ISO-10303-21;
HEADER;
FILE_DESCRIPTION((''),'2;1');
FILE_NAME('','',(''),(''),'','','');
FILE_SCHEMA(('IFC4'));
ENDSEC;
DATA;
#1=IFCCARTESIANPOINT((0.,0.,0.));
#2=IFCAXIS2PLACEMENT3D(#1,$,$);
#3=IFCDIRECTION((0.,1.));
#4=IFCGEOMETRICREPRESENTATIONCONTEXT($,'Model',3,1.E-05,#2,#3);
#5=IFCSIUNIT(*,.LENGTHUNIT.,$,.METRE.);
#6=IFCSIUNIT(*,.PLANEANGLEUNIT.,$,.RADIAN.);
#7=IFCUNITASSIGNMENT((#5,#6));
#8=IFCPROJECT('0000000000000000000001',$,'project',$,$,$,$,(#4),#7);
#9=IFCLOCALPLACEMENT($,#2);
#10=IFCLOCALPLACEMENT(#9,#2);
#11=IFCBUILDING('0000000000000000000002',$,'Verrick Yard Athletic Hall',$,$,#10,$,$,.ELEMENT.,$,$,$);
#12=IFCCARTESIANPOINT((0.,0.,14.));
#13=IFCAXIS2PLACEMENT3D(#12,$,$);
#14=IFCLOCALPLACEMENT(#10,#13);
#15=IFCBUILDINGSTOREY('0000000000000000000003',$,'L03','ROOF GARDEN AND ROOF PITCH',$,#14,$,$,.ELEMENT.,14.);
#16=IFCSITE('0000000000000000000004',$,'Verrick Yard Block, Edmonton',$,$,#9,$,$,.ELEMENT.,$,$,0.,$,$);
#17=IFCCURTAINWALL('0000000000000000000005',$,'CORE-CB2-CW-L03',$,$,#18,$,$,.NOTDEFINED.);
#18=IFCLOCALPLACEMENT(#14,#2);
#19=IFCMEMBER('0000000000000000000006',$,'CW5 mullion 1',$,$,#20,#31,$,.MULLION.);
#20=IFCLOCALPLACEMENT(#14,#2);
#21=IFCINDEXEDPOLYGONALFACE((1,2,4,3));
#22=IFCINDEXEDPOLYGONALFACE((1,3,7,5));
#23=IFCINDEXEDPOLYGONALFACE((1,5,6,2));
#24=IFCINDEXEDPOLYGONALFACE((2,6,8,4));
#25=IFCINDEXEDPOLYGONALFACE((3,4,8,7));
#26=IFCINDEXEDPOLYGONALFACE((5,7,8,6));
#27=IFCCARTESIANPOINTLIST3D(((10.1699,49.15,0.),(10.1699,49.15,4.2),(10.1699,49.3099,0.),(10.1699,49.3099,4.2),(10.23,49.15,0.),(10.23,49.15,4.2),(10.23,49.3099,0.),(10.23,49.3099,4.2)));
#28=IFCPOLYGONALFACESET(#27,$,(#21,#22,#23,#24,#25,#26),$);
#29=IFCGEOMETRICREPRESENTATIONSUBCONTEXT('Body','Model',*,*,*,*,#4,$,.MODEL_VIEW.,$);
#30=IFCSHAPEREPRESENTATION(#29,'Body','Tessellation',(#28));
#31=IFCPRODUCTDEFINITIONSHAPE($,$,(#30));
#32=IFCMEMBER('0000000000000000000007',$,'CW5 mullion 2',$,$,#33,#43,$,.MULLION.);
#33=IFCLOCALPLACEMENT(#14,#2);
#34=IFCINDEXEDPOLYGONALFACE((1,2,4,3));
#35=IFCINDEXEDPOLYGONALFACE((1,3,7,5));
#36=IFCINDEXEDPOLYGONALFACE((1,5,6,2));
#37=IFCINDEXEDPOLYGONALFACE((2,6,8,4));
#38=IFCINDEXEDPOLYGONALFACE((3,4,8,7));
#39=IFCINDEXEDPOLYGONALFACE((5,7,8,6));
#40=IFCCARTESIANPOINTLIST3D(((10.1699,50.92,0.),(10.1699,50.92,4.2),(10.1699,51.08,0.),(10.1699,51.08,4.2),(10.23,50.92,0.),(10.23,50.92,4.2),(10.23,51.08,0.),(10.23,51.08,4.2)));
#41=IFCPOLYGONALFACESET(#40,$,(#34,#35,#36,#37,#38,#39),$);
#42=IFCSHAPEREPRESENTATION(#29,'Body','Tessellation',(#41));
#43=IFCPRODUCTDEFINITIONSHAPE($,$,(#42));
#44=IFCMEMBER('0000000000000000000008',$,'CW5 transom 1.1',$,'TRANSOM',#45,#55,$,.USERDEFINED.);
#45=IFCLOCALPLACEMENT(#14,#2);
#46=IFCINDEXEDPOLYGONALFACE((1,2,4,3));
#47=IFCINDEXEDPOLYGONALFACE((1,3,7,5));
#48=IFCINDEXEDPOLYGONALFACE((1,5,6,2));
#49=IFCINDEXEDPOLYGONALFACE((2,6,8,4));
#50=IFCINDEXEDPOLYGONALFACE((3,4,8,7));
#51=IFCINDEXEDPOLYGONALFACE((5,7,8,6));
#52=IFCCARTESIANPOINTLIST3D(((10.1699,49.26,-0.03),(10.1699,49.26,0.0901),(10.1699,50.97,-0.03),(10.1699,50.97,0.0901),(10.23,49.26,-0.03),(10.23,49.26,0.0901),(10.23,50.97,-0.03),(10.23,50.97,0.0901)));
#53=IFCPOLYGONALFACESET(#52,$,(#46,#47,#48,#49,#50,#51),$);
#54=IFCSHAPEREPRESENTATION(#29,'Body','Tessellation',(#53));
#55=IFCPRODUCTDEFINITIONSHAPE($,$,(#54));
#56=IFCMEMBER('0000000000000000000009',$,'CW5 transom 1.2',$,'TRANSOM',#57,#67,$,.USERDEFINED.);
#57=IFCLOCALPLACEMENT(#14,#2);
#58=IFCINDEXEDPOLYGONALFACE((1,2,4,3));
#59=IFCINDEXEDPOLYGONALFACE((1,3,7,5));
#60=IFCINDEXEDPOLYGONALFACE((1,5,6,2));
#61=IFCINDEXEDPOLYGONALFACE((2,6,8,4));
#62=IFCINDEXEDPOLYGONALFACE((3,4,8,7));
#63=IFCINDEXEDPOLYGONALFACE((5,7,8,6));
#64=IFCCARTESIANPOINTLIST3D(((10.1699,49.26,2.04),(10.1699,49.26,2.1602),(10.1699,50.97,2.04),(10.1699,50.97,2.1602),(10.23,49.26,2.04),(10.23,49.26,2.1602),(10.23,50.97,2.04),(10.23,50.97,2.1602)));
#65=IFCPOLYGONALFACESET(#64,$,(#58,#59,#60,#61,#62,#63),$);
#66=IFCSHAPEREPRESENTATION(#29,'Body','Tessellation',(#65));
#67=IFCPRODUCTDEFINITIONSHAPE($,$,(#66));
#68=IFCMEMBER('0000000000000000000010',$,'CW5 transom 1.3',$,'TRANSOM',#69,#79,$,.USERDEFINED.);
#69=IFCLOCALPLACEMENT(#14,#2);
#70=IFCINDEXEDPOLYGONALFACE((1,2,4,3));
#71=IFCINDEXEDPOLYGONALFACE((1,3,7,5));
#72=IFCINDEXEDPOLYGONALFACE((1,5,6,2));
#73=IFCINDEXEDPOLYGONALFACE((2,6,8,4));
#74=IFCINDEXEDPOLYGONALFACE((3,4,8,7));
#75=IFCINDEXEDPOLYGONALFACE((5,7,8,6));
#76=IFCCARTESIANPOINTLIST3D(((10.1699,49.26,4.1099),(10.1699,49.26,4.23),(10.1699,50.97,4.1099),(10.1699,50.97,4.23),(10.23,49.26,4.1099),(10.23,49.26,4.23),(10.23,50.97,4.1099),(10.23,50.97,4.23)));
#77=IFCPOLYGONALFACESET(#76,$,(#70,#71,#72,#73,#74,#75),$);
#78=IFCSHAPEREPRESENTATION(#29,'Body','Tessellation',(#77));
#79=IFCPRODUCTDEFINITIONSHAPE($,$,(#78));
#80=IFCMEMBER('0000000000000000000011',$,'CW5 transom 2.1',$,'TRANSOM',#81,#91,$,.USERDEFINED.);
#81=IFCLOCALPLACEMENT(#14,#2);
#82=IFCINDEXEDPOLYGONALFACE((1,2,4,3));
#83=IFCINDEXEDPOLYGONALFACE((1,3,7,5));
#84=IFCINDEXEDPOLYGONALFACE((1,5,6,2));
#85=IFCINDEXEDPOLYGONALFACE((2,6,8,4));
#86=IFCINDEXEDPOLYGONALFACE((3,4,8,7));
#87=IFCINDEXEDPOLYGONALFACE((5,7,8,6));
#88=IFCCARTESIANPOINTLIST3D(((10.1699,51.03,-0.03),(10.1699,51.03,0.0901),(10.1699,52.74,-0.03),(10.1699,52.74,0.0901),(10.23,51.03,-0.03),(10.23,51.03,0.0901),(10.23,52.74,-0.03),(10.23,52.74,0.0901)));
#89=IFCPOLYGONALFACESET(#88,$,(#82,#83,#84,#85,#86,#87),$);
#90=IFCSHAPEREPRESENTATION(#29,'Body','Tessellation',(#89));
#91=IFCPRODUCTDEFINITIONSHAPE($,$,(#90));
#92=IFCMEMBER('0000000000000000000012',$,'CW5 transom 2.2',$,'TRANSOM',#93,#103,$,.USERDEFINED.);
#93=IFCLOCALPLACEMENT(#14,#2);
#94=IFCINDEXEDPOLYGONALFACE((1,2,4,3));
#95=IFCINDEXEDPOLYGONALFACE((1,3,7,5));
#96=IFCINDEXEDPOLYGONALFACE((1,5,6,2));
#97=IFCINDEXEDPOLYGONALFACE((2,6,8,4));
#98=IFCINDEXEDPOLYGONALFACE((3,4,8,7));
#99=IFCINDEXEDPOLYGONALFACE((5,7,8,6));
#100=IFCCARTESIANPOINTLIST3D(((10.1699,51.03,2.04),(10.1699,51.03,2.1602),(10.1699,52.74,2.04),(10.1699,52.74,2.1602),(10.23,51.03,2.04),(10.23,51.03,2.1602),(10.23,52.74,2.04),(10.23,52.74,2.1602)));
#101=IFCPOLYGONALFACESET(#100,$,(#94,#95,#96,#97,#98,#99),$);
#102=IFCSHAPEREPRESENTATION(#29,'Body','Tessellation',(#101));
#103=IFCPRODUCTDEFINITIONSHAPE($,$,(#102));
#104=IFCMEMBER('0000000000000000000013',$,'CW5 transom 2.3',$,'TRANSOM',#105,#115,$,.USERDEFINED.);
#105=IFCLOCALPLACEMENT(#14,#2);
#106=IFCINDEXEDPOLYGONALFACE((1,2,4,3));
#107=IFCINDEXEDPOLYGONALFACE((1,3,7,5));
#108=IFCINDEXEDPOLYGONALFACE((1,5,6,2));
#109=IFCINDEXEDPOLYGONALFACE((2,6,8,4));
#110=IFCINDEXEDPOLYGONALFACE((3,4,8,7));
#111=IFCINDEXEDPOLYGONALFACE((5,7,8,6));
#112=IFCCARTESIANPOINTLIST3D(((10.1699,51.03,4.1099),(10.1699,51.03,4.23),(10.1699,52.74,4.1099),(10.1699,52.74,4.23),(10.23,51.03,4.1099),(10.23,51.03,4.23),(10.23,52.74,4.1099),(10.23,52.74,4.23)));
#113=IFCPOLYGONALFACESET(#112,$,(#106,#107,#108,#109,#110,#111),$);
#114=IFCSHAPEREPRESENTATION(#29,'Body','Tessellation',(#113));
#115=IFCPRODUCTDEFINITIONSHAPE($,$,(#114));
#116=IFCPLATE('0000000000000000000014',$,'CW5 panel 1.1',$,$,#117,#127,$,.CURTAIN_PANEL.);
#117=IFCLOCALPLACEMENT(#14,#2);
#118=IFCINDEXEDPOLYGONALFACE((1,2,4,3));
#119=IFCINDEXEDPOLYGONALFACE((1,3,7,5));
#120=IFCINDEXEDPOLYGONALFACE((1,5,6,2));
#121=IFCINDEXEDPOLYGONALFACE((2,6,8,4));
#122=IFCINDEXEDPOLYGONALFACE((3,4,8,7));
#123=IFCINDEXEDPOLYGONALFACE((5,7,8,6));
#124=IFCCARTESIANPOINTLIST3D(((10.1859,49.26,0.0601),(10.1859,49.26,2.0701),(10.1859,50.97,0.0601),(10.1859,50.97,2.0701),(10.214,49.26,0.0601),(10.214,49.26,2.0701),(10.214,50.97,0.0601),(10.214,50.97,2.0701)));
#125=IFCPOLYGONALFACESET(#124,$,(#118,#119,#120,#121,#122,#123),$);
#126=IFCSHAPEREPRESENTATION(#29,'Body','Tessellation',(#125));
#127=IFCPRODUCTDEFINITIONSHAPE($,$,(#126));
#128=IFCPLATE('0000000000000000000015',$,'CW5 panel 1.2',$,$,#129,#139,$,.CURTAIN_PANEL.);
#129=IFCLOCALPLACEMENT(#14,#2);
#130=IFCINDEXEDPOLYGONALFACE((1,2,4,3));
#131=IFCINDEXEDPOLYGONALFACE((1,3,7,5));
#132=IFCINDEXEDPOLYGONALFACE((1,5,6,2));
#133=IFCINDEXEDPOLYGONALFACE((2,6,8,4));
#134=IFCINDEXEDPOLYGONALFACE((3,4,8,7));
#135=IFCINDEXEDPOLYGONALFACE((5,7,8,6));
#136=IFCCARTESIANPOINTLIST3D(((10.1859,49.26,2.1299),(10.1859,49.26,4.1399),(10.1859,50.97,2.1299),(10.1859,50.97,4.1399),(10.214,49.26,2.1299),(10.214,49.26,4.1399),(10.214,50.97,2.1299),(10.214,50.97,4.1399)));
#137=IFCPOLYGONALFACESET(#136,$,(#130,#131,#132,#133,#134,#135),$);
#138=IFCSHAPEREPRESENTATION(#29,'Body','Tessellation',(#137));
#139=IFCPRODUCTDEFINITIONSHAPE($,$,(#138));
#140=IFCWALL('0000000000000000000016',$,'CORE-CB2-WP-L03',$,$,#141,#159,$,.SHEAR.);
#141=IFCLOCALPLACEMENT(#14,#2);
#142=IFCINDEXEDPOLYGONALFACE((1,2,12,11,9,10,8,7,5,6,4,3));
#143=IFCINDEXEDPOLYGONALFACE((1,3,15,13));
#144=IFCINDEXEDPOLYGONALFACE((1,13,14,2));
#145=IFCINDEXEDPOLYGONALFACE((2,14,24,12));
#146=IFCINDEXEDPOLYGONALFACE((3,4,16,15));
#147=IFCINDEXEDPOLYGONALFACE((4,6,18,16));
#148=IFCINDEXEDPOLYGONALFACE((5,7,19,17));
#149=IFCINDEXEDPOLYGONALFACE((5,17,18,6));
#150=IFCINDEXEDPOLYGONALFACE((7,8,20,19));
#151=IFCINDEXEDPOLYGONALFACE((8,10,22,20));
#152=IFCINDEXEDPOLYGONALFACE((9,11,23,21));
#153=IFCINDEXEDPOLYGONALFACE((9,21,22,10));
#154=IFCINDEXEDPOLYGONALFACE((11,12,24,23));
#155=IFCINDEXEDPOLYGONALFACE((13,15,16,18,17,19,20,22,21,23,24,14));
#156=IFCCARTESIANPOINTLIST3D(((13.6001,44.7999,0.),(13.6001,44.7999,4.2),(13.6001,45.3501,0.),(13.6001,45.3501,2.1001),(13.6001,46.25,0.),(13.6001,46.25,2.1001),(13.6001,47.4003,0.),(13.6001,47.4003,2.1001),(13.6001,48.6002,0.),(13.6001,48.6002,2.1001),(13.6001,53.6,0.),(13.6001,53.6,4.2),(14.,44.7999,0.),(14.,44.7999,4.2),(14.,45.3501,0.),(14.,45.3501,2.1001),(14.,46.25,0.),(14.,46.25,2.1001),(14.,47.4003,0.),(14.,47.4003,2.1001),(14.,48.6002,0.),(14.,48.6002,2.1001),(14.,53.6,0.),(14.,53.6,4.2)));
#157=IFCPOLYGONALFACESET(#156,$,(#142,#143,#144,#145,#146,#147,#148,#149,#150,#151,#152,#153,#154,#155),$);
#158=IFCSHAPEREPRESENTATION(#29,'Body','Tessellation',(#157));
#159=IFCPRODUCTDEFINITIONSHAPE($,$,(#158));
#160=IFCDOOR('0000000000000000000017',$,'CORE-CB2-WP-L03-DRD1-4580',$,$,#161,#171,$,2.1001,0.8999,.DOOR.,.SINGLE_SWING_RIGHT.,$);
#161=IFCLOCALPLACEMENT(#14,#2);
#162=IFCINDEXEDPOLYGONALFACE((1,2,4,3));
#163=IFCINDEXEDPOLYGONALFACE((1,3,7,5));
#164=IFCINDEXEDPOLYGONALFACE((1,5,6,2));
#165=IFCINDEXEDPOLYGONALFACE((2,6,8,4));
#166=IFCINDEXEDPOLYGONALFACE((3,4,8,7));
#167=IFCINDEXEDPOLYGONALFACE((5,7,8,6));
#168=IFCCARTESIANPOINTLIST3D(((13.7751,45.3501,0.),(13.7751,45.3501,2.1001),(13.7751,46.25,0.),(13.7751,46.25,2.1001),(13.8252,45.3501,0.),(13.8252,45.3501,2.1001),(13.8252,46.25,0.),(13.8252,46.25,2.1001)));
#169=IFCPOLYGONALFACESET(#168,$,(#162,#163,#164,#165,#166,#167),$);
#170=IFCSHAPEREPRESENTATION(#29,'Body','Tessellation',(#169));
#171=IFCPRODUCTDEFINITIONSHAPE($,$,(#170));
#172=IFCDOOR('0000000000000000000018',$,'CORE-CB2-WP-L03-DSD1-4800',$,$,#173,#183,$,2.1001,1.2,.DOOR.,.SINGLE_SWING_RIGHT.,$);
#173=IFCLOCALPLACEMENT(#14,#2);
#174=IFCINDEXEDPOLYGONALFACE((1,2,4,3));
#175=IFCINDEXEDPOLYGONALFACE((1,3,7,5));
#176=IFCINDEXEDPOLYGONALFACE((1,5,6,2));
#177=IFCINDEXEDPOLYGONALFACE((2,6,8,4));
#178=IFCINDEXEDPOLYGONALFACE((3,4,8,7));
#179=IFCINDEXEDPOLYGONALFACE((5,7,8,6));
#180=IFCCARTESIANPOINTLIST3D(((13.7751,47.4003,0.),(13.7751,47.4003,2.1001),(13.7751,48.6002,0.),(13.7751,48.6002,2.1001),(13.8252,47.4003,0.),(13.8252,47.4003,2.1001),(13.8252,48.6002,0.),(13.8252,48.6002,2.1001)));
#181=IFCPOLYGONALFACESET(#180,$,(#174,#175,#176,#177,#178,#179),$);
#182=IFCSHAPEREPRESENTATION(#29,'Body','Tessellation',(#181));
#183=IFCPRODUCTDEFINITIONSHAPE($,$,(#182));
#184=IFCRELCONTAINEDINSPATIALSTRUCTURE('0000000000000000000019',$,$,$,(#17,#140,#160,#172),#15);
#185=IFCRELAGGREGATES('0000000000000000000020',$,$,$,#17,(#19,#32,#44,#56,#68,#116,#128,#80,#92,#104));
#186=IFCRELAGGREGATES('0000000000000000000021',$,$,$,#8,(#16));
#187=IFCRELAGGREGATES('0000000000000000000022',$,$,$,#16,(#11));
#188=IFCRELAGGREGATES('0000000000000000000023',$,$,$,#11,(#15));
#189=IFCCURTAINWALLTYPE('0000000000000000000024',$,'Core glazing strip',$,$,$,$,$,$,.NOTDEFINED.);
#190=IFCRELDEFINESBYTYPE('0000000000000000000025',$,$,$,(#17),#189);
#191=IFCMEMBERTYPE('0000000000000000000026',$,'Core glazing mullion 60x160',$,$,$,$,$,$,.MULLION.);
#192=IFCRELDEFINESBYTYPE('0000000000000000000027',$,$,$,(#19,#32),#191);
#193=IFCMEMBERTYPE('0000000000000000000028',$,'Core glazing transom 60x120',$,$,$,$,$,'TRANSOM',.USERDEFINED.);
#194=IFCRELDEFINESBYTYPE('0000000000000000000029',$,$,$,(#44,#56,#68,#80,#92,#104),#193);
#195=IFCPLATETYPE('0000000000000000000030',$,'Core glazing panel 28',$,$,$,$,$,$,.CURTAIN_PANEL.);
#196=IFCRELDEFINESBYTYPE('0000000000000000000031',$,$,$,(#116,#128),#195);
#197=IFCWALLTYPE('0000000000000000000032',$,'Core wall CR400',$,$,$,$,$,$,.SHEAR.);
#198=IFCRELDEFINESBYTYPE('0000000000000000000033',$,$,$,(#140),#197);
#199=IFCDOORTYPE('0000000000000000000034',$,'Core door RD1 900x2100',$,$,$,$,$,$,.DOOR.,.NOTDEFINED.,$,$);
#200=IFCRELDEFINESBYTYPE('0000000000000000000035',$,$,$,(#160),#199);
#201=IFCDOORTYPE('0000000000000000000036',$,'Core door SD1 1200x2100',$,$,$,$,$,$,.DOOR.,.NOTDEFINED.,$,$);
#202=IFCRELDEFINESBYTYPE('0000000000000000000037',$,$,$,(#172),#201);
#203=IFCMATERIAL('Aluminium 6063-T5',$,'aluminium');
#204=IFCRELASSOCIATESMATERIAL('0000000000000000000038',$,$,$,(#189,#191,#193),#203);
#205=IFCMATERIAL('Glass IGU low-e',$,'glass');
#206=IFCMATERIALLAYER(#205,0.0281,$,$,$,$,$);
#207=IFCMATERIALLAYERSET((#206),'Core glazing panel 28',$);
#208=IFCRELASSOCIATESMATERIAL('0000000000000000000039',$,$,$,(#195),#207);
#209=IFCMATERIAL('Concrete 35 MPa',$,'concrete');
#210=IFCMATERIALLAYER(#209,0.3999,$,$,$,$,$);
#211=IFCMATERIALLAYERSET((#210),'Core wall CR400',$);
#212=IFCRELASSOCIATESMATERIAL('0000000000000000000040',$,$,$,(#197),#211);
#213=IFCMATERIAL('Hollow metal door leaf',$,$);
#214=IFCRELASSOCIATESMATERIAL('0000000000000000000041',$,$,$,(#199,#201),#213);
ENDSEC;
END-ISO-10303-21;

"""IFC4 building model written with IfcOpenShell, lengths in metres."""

from ifc_helpers import new_model, si_unit, direction, frame, frame_2d, origin, origin_2d, place, context, subcontext, project, spatial, rectangle, extrude, material, layer, layer_set, material_profile, profile_set, type_object, element, fill, aggregate, save


model = new_model("IFC4")

# Units and contexts
model_context = context("Model", 3, precision=1e-05, world=origin(), true_north=direction((0.0, 1.0)))
body_context = subcontext(model_context, "Body", "Model", "MODEL_VIEW")
ifc_project = project(units=[si_unit("LENGTHUNIT", "METRE"), si_unit("PLANEANGLEUNIT", "RADIAN")], contexts=[model_context])

# Site, building, storey
site_placement = place(None, origin())
site = spatial("IfcSite", under=ifc_project, at=site_placement, Name="Verrick Yard Block, Edmonton", CompositionType="ELEMENT", RefElevation=0.0)
building_placement = place(site_placement, origin())
building = spatial("IfcBuilding", under=site, at=building_placement, Name="Verrick Yard Athletic Hall", CompositionType="ELEMENT")
storey_placement = place(building_placement, frame((0.0, 0.0, 14.0)))
storey = spatial("IfcBuildingStorey", under=building, at=storey_placement, Name="L03", Description="ROOF GARDEN AND ROOF PITCH", CompositionType="ELEMENT", Elevation=14.0)

# Curtain wall, members, plates
ifc_material_1 = material(Name="Aluminium 6063-T5", Category="aluminium")
curtain_wall_type = type_object("IfcCurtainWallType", Name="Core glazing strip", PredefinedType="NOTDEFINED", material=ifc_material_1)
curtain_wall_placement = place(storey_placement, origin())
curtain_wall = element("IfcCurtainWall", 1, at=curtain_wall_placement, inside=storey, type_object=curtain_wall_type, Name="CORE-CB2-CW-L03", PredefinedType="NOTDEFINED")
ifc_material_profile_1 = material_profile(ifc_material_1, rectangle(XDim=0.0601, YDim=0.1599, at=origin_2d()), Name="Core glazing mullion 60x160")
ifc_profile_set_1 = profile_set([ifc_material_profile_1], Name="Aluminium 6063-T5")
member_type_1 = type_object("IfcMemberType", Name="Core glazing mullion 60x160", PredefinedType="MULLION", material=ifc_profile_set_1)
member_1_placement = place(storey_placement, frame((10.2, 49.23, 0.0), z_axis=(0.0, 0.0, 1.0), x_axis=(-1.0, 0.0, 0.0)))
member_1 = element("IfcMember", 2, at=member_1_placement, type_object=member_type_1, Name="CW5 mullion 1", PredefinedType="MULLION", context=body_context, shape_type="SweptSolid", body=[
    extrude(rectangle(XDim=0.0601, YDim=0.1599, at=origin_2d()), origin(), (0.0, 0.0, 1.0), 4.2),
])
member_2_placement = place(storey_placement, frame((10.2, 51.0, 0.0), z_axis=(0.0, 0.0, 1.0), x_axis=(-1.0, 0.0, 0.0)))
member_2 = element("IfcMember", 3, at=member_2_placement, type_object=member_type_1, Name="CW5 mullion 2", PredefinedType="MULLION", context=body_context, shape_type="SweptSolid", body=[
    extrude(rectangle(XDim=0.0601, YDim=0.1599, at=origin_2d()), origin(), (0.0, 0.0, 1.0), 4.2),
])
ifc_material_profile_2 = material_profile(ifc_material_1, rectangle(XDim=0.0601, YDim=0.1201, at=origin_2d()), Name="Core glazing transom 60x120")
ifc_profile_set_2 = profile_set([ifc_material_profile_2], Name="Aluminium 6063-T5")
member_type_2 = type_object("IfcMemberType", Name="Core glazing transom 60x120", ElementType="TRANSOM", PredefinedType="USERDEFINED", material=ifc_profile_set_2)
member_3_placement = place(storey_placement, frame((10.2, 49.26, 0.03), z_axis=(0.0, 1.0, 0.0), x_axis=(-1.0, 0.0, 0.0)))
member_3 = element("IfcMember", 4, at=member_3_placement, type_object=member_type_2, Name="CW5 transom 1.1", ObjectType="TRANSOM", PredefinedType="USERDEFINED", context=body_context, shape_type="SweptSolid", body=[
    extrude(rectangle(XDim=0.0601, YDim=0.1201, at=origin_2d()), origin(), (0.0, 0.0, 1.0), 1.71),
])
member_4_placement = place(storey_placement, frame((10.2, 49.26, 2.1001), z_axis=(0.0, 1.0, 0.0), x_axis=(-1.0, 0.0, 0.0)))
member_4 = element("IfcMember", 5, at=member_4_placement, type_object=member_type_2, Name="CW5 transom 1.2", ObjectType="TRANSOM", PredefinedType="USERDEFINED", context=body_context, shape_type="SweptSolid", body=[
    extrude(rectangle(XDim=0.0601, YDim=0.1201, at=origin_2d()), origin(), (0.0, 0.0, 1.0), 1.71),
])
member_5_placement = place(storey_placement, frame((10.2, 49.26, 4.1699), z_axis=(0.0, 1.0, 0.0), x_axis=(-1.0, 0.0, 0.0)))
member_5 = element("IfcMember", 6, at=member_5_placement, type_object=member_type_2, Name="CW5 transom 1.3", ObjectType="TRANSOM", PredefinedType="USERDEFINED", context=body_context, shape_type="SweptSolid", body=[
    extrude(rectangle(XDim=0.0601, YDim=0.1201, at=origin_2d()), origin(), (0.0, 0.0, 1.0), 1.71),
])
member_6_placement = place(storey_placement, frame((10.2, 51.03, 0.03), z_axis=(0.0, 1.0, 0.0), x_axis=(-1.0, 0.0, 0.0)))
member_6 = element("IfcMember", 7, at=member_6_placement, type_object=member_type_2, Name="CW5 transom 2.1", ObjectType="TRANSOM", PredefinedType="USERDEFINED", context=body_context, shape_type="SweptSolid", body=[
    extrude(rectangle(XDim=0.0601, YDim=0.1201, at=origin_2d()), origin(), (0.0, 0.0, 1.0), 1.71),
])
member_7_placement = place(storey_placement, frame((10.2, 51.03, 2.1001), z_axis=(0.0, 1.0, 0.0), x_axis=(-1.0, 0.0, 0.0)))
member_7 = element("IfcMember", 8, at=member_7_placement, type_object=member_type_2, Name="CW5 transom 2.2", ObjectType="TRANSOM", PredefinedType="USERDEFINED", context=body_context, shape_type="SweptSolid", body=[
    extrude(rectangle(XDim=0.0601, YDim=0.1201, at=origin_2d()), origin(), (0.0, 0.0, 1.0), 1.71),
])
member_8_placement = place(storey_placement, frame((10.2, 51.03, 4.1699), z_axis=(0.0, 1.0, 0.0), x_axis=(-1.0, 0.0, 0.0)))
member_8 = element("IfcMember", 9, at=member_8_placement, type_object=member_type_2, Name="CW5 transom 2.3", ObjectType="TRANSOM", PredefinedType="USERDEFINED", context=body_context, shape_type="SweptSolid", body=[
    extrude(rectangle(XDim=0.0601, YDim=0.1201, at=origin_2d()), origin(), (0.0, 0.0, 1.0), 1.71),
])
ifc_material_2 = material(Name="Glass IGU low-e", Category="glass")
ifc_layer_1 = layer(ifc_material_2, 0.0281)
ifc_layer_set_1 = layer_set([ifc_layer_1], Name="Core glazing panel 28")
plate_type = type_object("IfcPlateType", Name="Core glazing panel 28", PredefinedType="CURTAIN_PANEL", material=ifc_layer_set_1)
plate_1_placement = place(storey_placement, frame((10.2, 50.115, 0.0601), z_axis=(0.0, 0.0, 1.0), x_axis=(0.0, 1.0, 0.0)))
plate_1 = element("IfcPlate", 10, at=plate_1_placement, type_object=plate_type, Name="CW5 panel 1.1", PredefinedType="CURTAIN_PANEL", context=body_context, shape_type="SweptSolid", body=[
    extrude(rectangle(XDim=1.71, YDim=0.0281, at=origin_2d()), origin(), (0.0, 0.0, 1.0), 2.01),
])
plate_2_placement = place(storey_placement, frame((10.2, 50.115, 2.1299), z_axis=(0.0, 0.0, 1.0), x_axis=(0.0, 1.0, 0.0)))
plate_2 = element("IfcPlate", 11, at=plate_2_placement, type_object=plate_type, Name="CW5 panel 1.2", PredefinedType="CURTAIN_PANEL", context=body_context, shape_type="SweptSolid", body=[
    extrude(rectangle(XDim=1.71, YDim=0.0281, at=origin_2d()), origin(), (0.0, 0.0, 1.0), 2.01),
])
aggregate(curtain_wall, [member_1, member_2, member_3, member_4, member_5, plate_1, plate_2, member_6, member_7, member_8])

# Wall, openings, doors
ifc_material_3 = material(Name="Concrete 35 MPa", Category="concrete")
ifc_layer_2 = layer(ifc_material_3, 0.3999)
ifc_layer_set_2 = layer_set([ifc_layer_2], Name="Core wall CR400")
wall_type_1 = type_object("IfcWallType", Name="Core wall CR400", PredefinedType="SHEAR", material=ifc_layer_set_2)
wall_1_placement = place(storey_placement, frame((13.8, 44.8, 0.0), z_axis=(0.0, 0.0, 1.0), x_axis=(0.0, 1.0, 0.0)))
wall_1 = element("IfcWall", 12, at=wall_1_placement, inside=storey, type_object=wall_type_1, Name="CORE-CB2-WP-L03", PredefinedType="SHEAR", context=body_context, shape_type="SweptSolid", body=[
    extrude(rectangle(XDim=8.8, YDim=0.3999, at=frame_2d((4.3999, 0.0))), origin(), (0.0, 0.0, 1.0), 4.2),
])
opening_1_placement = place(wall_1_placement, frame((2.6001, 0.0, 0.0)))
opening_1 = element("IfcOpeningElement", 13, at=opening_1_placement, cuts=wall_1, PredefinedType="OPENING", context=body_context, shape_type="SweptSolid", body=[
    extrude(rectangle(XDim=1.2, YDim=2.1001, at=frame_2d((0.6001, 1.05))), frame((0.0, 0.21, 0.0), z_axis=(0.0, -1.0, 0.0), x_axis=(1.0, 0.0, 0.0)), (0.0, 0.0, 1.0), 0.4199),
])
opening_2_placement = place(wall_1_placement, frame((0.55, 0.0, 0.0)))
opening_2 = element("IfcOpeningElement", 14, at=opening_2_placement, cuts=wall_1, PredefinedType="OPENING", context=body_context, shape_type="SweptSolid", body=[
    extrude(rectangle(XDim=0.8999, YDim=2.1001, at=frame_2d((0.45, 1.05))), frame((0.0, 0.21, 0.0), z_axis=(0.0, -1.0, 0.0), x_axis=(1.0, 0.0, 0.0)), (0.0, 0.0, 1.0), 0.4199),
])
ifc_material_4 = material(Name="Hollow metal door leaf")
door_type_1 = type_object("IfcDoorType", Name="Core door RD1 900x2100", OperationType="NOTDEFINED", PredefinedType="DOOR", material=ifc_material_4)
door_1_placement = place(opening_2_placement, origin())
door_1 = element("IfcDoor", 15, at=door_1_placement, inside=storey, type_object=door_type_1, Name="CORE-CB2-WP-L03-DRD1-4580", OperationType="SINGLE_SWING_RIGHT", OverallHeight=2.1001, OverallWidth=0.8999, PredefinedType="DOOR", context=body_context, shape_type="SweptSolid", body=[
    extrude(rectangle(XDim=0.8999, YDim=2.1001, at=frame_2d((0.45, 1.05))), frame((0.0, 0.0249, 0.0), z_axis=(0.0, -1.0, 0.0), x_axis=(1.0, 0.0, 0.0)), (0.0, 0.0, 1.0), 0.05),
])
fill(opening_2, door_1)
door_type_2 = type_object("IfcDoorType", Name="Core door SD1 1200x2100", OperationType="NOTDEFINED", PredefinedType="DOOR", material=ifc_material_4)
door_2_placement = place(opening_1_placement, origin())
door_2 = element("IfcDoor", 16, at=door_2_placement, inside=storey, type_object=door_type_2, Name="CORE-CB2-WP-L03-DSD1-4800", OperationType="SINGLE_SWING_RIGHT", OverallHeight=2.1001, OverallWidth=1.2, PredefinedType="DOOR", context=body_context, shape_type="SweptSolid", body=[
    extrude(rectangle(XDim=1.2, YDim=2.1001, at=frame_2d((0.6001, 1.05))), frame((0.0, 0.0249, 0.0), z_axis=(0.0, -1.0, 0.0), x_axis=(1.0, 0.0, 0.0)), (0.0, 0.0, 1.0), 0.05),
])
fill(opening_1, door_2)

save(model, "model.ifc")
